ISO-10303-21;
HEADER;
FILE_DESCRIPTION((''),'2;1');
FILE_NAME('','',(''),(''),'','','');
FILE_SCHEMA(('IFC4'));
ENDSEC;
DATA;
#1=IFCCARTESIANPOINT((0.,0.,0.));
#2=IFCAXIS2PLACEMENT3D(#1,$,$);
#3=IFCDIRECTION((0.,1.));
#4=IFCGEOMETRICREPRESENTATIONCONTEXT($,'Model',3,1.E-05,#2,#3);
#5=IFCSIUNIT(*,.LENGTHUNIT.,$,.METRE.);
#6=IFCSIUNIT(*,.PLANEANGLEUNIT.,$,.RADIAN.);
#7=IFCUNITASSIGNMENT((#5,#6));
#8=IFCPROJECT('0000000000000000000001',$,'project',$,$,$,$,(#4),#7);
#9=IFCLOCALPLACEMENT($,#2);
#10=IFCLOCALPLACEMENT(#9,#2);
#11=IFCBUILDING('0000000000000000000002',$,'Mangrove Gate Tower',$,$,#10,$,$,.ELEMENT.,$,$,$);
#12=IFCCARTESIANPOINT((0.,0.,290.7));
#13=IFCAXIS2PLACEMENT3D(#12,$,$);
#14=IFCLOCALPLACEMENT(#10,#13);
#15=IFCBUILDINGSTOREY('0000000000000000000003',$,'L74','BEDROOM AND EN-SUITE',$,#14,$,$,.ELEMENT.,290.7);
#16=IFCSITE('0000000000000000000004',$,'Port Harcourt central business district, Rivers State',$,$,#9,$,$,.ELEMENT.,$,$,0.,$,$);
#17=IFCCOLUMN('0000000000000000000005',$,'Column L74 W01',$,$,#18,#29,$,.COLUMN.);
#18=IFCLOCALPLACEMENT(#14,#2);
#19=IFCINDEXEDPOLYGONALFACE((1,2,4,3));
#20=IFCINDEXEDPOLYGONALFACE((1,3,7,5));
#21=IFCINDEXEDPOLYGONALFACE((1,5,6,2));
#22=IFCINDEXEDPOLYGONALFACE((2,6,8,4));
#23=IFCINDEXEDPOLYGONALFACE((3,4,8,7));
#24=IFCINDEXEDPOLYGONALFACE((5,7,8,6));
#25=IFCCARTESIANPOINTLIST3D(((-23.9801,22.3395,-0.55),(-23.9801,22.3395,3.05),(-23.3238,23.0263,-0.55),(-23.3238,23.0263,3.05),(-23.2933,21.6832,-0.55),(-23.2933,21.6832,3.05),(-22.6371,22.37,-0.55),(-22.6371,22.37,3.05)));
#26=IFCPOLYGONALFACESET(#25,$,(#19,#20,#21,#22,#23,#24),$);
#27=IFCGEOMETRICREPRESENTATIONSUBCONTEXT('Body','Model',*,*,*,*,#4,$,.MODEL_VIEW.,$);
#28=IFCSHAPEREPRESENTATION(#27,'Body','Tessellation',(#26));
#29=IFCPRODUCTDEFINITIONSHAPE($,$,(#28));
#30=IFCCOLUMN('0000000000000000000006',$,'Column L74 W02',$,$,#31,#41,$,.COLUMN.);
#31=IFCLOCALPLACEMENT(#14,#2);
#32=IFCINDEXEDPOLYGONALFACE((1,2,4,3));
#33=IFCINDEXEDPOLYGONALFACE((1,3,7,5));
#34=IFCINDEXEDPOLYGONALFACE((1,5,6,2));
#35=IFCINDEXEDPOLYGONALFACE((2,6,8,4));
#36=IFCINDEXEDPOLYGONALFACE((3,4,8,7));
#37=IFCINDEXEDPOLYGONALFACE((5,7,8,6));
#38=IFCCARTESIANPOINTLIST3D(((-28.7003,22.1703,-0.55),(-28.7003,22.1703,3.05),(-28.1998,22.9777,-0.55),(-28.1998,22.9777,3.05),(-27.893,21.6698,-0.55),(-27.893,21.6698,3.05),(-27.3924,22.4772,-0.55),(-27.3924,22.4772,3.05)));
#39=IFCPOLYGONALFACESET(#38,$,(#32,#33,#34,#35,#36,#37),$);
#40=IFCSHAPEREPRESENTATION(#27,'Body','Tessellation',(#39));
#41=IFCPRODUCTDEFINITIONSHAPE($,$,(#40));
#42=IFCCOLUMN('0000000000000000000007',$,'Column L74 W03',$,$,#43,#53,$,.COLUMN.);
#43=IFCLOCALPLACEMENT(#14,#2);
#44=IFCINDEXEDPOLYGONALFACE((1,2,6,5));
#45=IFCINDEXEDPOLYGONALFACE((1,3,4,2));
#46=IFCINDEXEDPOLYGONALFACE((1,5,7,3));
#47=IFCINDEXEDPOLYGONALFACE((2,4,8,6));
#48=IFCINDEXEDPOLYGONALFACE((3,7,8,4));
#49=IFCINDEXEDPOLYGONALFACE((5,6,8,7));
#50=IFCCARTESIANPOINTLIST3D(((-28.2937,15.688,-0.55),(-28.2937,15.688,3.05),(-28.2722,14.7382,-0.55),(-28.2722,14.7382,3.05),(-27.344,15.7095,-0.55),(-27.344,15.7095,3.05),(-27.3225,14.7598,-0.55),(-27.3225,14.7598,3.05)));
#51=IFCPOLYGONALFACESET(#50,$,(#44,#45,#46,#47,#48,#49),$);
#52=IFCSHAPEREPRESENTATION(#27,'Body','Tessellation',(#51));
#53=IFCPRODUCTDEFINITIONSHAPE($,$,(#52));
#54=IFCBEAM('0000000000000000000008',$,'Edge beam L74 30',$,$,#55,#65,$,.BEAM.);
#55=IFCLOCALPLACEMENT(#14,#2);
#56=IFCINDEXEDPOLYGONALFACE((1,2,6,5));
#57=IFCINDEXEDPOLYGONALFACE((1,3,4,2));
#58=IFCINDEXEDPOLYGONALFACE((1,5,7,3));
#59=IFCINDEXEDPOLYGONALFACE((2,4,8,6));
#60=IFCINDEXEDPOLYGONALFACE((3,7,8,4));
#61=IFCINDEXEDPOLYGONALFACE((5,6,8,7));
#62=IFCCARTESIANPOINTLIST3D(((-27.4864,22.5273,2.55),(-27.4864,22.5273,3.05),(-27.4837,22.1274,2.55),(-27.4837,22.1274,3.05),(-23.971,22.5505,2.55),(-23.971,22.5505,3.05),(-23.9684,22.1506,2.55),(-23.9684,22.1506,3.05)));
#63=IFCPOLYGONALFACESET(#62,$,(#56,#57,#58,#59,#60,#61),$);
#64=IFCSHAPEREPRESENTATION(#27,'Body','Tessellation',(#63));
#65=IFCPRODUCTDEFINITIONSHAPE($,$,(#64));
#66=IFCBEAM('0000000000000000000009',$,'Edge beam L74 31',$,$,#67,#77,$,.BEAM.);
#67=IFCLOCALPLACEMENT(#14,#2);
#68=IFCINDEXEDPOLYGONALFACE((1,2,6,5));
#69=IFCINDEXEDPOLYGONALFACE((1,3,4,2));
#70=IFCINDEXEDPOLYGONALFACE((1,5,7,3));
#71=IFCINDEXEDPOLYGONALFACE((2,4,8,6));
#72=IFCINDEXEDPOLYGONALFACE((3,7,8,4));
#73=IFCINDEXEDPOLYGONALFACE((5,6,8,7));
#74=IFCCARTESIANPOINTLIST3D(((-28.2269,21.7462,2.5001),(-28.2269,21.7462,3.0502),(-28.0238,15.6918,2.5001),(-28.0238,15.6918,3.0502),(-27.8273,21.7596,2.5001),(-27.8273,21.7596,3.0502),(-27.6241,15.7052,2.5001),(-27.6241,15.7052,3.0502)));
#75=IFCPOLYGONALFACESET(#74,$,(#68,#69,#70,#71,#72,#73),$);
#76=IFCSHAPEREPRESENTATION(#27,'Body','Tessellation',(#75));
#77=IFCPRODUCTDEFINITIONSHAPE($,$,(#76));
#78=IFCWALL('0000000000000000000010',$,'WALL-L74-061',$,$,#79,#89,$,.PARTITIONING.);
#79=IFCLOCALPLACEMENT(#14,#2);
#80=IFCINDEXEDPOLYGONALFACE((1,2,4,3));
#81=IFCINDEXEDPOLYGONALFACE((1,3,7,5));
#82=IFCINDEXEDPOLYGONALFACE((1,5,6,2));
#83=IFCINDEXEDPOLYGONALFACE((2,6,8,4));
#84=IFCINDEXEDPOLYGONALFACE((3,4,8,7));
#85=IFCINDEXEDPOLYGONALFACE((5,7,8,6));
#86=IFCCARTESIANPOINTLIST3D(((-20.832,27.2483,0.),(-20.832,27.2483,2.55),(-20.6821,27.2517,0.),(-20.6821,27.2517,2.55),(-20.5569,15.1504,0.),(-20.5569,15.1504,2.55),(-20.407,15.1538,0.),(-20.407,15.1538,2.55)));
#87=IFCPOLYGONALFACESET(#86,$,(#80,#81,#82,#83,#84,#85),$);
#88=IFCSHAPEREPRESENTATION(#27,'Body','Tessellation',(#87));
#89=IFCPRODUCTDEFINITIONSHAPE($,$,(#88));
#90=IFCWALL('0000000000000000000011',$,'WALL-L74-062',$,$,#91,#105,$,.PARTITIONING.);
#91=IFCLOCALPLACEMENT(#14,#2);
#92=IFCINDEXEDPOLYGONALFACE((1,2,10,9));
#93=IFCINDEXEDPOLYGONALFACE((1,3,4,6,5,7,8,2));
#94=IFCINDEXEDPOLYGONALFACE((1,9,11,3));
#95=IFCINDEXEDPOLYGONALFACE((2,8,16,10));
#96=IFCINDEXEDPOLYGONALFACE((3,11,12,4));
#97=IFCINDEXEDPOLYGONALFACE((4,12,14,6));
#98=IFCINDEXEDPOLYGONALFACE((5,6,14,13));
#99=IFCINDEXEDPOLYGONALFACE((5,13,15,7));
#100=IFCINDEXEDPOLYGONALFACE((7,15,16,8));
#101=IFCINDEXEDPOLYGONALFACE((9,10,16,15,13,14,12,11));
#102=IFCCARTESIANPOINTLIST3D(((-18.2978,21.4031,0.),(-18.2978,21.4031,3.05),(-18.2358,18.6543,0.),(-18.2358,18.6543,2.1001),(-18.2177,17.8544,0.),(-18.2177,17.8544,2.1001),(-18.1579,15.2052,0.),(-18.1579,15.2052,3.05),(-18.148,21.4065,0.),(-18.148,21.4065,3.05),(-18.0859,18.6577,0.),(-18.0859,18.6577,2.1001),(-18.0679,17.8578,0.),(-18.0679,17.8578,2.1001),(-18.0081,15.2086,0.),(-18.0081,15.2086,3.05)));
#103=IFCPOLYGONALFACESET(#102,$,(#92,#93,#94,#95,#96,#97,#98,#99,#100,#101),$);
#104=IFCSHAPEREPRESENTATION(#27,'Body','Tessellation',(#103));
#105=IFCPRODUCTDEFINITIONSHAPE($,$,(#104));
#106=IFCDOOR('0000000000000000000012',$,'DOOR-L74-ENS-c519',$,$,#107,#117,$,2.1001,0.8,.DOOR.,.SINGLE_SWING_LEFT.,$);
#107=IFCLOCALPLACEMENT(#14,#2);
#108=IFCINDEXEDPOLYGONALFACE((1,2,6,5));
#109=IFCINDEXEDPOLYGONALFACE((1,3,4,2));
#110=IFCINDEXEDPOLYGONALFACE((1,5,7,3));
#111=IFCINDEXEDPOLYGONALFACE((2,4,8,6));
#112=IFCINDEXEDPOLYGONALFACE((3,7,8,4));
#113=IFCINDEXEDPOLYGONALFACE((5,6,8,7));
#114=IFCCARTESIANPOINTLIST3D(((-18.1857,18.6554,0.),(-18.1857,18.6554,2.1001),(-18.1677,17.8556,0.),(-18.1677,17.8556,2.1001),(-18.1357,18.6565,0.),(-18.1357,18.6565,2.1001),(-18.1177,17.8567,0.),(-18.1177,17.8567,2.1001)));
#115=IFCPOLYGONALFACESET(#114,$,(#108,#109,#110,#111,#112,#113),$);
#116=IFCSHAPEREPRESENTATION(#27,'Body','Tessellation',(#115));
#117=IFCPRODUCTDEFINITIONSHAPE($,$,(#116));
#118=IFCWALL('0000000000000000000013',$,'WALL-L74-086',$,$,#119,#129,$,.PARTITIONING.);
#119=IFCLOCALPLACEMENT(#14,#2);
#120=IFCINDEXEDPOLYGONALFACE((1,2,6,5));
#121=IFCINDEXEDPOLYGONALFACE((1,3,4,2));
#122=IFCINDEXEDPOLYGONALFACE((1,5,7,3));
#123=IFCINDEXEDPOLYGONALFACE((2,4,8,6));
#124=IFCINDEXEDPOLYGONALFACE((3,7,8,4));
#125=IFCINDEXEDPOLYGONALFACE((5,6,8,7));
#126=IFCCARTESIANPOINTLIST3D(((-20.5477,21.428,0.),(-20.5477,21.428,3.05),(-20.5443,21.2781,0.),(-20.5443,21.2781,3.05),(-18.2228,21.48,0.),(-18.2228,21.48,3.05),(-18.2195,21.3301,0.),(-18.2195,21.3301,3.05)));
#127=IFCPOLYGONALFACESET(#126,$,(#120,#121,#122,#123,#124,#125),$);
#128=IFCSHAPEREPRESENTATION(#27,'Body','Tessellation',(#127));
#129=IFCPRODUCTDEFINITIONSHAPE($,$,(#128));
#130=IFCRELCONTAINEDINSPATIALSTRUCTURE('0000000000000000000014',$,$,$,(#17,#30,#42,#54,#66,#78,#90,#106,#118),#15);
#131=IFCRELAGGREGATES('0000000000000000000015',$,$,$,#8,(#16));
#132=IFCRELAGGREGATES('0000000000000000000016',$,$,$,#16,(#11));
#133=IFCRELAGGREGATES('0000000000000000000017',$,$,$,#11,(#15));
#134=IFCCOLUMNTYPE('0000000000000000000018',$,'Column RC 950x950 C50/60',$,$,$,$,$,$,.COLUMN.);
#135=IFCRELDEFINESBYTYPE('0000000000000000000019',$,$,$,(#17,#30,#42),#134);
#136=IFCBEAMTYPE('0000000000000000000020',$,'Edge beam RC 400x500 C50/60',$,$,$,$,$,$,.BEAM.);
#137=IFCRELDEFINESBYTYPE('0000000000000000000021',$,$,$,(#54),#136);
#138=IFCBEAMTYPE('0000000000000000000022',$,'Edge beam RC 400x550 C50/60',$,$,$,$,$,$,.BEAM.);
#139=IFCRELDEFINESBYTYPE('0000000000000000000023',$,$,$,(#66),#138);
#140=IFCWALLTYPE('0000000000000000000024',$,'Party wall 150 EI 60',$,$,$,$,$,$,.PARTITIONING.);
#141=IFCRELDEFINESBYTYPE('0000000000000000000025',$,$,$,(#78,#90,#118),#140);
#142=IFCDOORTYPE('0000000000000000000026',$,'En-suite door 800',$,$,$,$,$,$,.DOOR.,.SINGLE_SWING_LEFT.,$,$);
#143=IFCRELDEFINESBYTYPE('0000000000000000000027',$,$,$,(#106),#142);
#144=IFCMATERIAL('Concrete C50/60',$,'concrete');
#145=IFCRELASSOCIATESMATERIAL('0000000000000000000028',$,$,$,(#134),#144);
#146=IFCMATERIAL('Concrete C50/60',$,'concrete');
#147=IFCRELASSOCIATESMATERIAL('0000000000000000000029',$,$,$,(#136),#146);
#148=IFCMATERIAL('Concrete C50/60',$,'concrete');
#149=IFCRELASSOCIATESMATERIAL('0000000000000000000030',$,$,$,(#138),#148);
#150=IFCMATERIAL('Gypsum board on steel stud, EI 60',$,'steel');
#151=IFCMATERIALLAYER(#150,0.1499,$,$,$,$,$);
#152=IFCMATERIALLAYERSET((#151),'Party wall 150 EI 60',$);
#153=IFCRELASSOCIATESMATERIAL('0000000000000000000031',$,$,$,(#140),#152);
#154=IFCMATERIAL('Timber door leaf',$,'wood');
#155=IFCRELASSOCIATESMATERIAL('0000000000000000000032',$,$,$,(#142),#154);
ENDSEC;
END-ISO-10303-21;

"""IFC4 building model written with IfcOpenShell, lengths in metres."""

from ifc_helpers import new_model, si_unit, direction, frame, frame_2d, origin, origin_2d, place, context, subcontext, project, spatial, rectangle, extrude, material, layer, layer_set, material_profile, profile_set, type_object, element, fill, save


model = new_model("IFC4")

# Units and contexts
model_context = context("Model", 3, precision=1e-05, world=origin(), true_north=direction((0.0, 1.0)))
body_context = subcontext(model_context, "Body", "Model", "MODEL_VIEW")
ifc_project = project(units=[si_unit("LENGTHUNIT", "METRE"), si_unit("PLANEANGLEUNIT", "RADIAN")], contexts=[model_context])

# Site, building, storey
site_placement = place(None, origin())
site = spatial("IfcSite", under=ifc_project, at=site_placement, Name="Port Harcourt central business district, Rivers State", CompositionType="ELEMENT", RefElevation=0.0)
building_placement = place(site_placement, origin())
building = spatial("IfcBuilding", under=site, at=building_placement, Name="Mangrove Gate Tower", CompositionType="ELEMENT")
storey_placement = place(building_placement, frame((0.0, 0.0, 290.7)))
storey = spatial("IfcBuildingStorey", under=building, at=storey_placement, Name="L74", Description="BEDROOM AND EN-SUITE", CompositionType="ELEMENT", Elevation=290.7)

# Columns
ifc_material_1 = material(Name="Concrete C50/60", Category="concrete")
ifc_material_profile_1 = material_profile(ifc_material_1, rectangle(XDim=0.95, YDim=0.95, at=origin_2d()))
ifc_profile_set_1 = profile_set([ifc_material_profile_1], Name="Concrete C50/60")
column_type = type_object("IfcColumnType", Name="Column RC 950x950 C50/60", PredefinedType="COLUMN", material=ifc_profile_set_1)
for number, where, z_axis, x_axis, name in (
    (1, (-23.3086, 22.3547, -0.55), (0.0, 0.0, 1.0), (-0.690865, -0.722984, 0.0), "Column L74 W01"),
    (2, (-28.0464, 22.3237, -0.55), (0.0, 0.0, 1.0), (-0.526907, -0.849923, 0.0), "Column L74 W02"),
    (3, (-27.8081, 15.2239, -0.55), (0.0, 0.0, 1.0), (0.022683, -0.999743, 0.0), "Column L74 W03"),
):
    element("IfcColumn", number, at=place(storey_placement, frame(where, z_axis=z_axis, x_axis=x_axis)), inside=storey, type_object=column_type, Name=name, PredefinedType="COLUMN", context=body_context, shape_type="SweptSolid", body=[
        extrude(rectangle(XDim=0.95, YDim=0.95, at=origin_2d()), origin(), (0.0, 0.0, 1.0), 3.6001),
    ])

# Beams
ifc_material_2 = material(Name="Concrete C50/60", Category="concrete")
ifc_material_profile_2 = material_profile(ifc_material_2, rectangle(XDim=0.3999, YDim=0.5, at=origin_2d()))
ifc_profile_set_2 = profile_set([ifc_material_profile_2], Name="Concrete C50/60")
beam_type_1 = type_object("IfcBeamType", Name="Edge beam RC 400x500 C50/60", PredefinedType="BEAM", material=ifc_profile_set_2)
beam_1_placement = place(storey_placement, frame((-23.9697, 22.3506, 2.8), z_axis=(-0.999978, -0.006598, 0.0), x_axis=(0.006598, -0.999978, 0.0)))
element("IfcBeam", 4, at=beam_1_placement, inside=storey, type_object=beam_type_1, Name="Edge beam L74 30", PredefinedType="BEAM", context=body_context, shape_type="SweptSolid", body=[
    extrude(rectangle(XDim=0.3999, YDim=0.5, at=origin_2d()), origin(), (0.0, 0.0, 1.0), 3.5154),
])
ifc_material_3 = material(Name="Concrete C50/60", Category="concrete")
ifc_material_profile_3 = material_profile(ifc_material_3, rectangle(XDim=0.3999, YDim=0.55, at=origin_2d()))
ifc_profile_set_3 = profile_set([ifc_material_profile_3], Name="Concrete C50/60")
beam_type_2 = type_object("IfcBeamType", Name="Edge beam RC 400x550 C50/60", PredefinedType="BEAM", material=ifc_profile_set_3)
beam_2_placement = place(storey_placement, frame((-28.0271, 21.7529, 2.7751), z_axis=(0.033531, -0.999438, 0.0), x_axis=(0.999438, 0.033531, 0.0)))
element("IfcBeam", 5, at=beam_2_placement, inside=storey, type_object=beam_type_2, Name="Edge beam L74 31", PredefinedType="BEAM", context=body_context, shape_type="SweptSolid", body=[
    extrude(rectangle(XDim=0.3999, YDim=0.55, at=origin_2d()), origin(), (0.0, 0.0, 1.0), 6.0579),
])

# Wall
ifc_material_4 = material(Name="Gypsum board on steel stud, EI 60", Category="steel")
ifc_layer_1 = layer(ifc_material_4, 0.1499)
ifc_layer_set_1 = layer_set([ifc_layer_1], Name="Party wall 150 EI 60")
wall_type_1 = type_object("IfcWallType", Name="Party wall 150 EI 60", PredefinedType="PARTITIONING", material=ifc_layer_set_1)
wall_1_placement = place(storey_placement, frame((-20.4819, 15.1521, 0.0), z_axis=(0.0, 0.0, 1.0), x_axis=(-0.022737, 0.999741, 0.0)))
element("IfcWall", 6, at=wall_1_placement, inside=storey, type_object=wall_type_1, Name="WALL-L74-061", PredefinedType="PARTITIONING", context=body_context, shape_type="SweptSolid", body=[
    extrude(rectangle(XDim=12.1011, YDim=0.1499, at=frame_2d((6.0505, 0.0))), origin(), (0.0, 0.0, 1.0), 2.55),
])

# Wall, opening, door
wall_2_placement = place(storey_placement, frame((-18.083, 15.207, 0.0), z_axis=(0.0, 0.0, 1.0), x_axis=(-0.022565, 0.999745, 0.0)))
wall_2 = element("IfcWall", 7, at=wall_2_placement, inside=storey, type_object=wall_type_1, Name="WALL-L74-062", PredefinedType="PARTITIONING", context=body_context, shape_type="SweptSolid", body=[
    extrude(rectangle(XDim=6.1995, YDim=0.1499, at=frame_2d((3.0996, 0.0))), origin(), (0.0, 0.0, 1.0), 3.05),
])
opening_1_placement = place(wall_2_placement, frame((2.6499, 0.0, 0.0)))
opening_1 = element("IfcOpeningElement", 8, at=opening_1_placement, cuts=wall_2, PredefinedType="OPENING", context=body_context, shape_type="SweptSolid", body=[
    extrude(rectangle(XDim=0.8, YDim=2.1001, at=frame_2d((0.3999, 1.05))), frame((0.0, 0.085, 0.0), z_axis=(0.0, -1.0, 0.0), x_axis=(1.0, 0.0, 0.0)), (0.0, 0.0, 1.0), 0.1699),
])
ifc_material_5 = material(Name="Timber door leaf", Category="wood")
door_type_1 = type_object("IfcDoorType", Name="En-suite door 800", OperationType="SINGLE_SWING_LEFT", PredefinedType="DOOR", material=ifc_material_5)
door_1_placement = place(opening_1_placement, origin())
door_1 = element("IfcDoor", 9, at=door_1_placement, inside=storey, type_object=door_type_1, Name="DOOR-L74-ENS-c519", OperationType="SINGLE_SWING_LEFT", OverallHeight=2.1001, OverallWidth=0.8, PredefinedType="DOOR", context=body_context, shape_type="SweptSolid", body=[
    extrude(rectangle(XDim=0.8, YDim=2.1001, at=frame_2d((0.3999, 1.05))), frame((0.0, 0.0249, 0.0), z_axis=(0.0, -1.0, 0.0), x_axis=(1.0, 0.0, 0.0)), (0.0, 0.0, 1.0), 0.05),
])
fill(opening_1, door_1)

# Wall
wall_3_placement = place(storey_placement, frame((-20.5459, 21.353, 0.0), z_axis=(0.0, 0.0, 1.0), x_axis=(0.99975, 0.022361, 0.0)))
element("IfcWall", 10, at=wall_3_placement, inside=storey, type_object=wall_type_1, Name="WALL-L74-086", PredefinedType="PARTITIONING", context=body_context, shape_type="SweptSolid", body=[
    extrude(rectangle(XDim=2.3254, YDim=0.1499, at=frame_2d((1.1626, 0.0))), origin(), (0.0, 0.0, 1.0), 3.05),
])

save(model, "model.ifc")
